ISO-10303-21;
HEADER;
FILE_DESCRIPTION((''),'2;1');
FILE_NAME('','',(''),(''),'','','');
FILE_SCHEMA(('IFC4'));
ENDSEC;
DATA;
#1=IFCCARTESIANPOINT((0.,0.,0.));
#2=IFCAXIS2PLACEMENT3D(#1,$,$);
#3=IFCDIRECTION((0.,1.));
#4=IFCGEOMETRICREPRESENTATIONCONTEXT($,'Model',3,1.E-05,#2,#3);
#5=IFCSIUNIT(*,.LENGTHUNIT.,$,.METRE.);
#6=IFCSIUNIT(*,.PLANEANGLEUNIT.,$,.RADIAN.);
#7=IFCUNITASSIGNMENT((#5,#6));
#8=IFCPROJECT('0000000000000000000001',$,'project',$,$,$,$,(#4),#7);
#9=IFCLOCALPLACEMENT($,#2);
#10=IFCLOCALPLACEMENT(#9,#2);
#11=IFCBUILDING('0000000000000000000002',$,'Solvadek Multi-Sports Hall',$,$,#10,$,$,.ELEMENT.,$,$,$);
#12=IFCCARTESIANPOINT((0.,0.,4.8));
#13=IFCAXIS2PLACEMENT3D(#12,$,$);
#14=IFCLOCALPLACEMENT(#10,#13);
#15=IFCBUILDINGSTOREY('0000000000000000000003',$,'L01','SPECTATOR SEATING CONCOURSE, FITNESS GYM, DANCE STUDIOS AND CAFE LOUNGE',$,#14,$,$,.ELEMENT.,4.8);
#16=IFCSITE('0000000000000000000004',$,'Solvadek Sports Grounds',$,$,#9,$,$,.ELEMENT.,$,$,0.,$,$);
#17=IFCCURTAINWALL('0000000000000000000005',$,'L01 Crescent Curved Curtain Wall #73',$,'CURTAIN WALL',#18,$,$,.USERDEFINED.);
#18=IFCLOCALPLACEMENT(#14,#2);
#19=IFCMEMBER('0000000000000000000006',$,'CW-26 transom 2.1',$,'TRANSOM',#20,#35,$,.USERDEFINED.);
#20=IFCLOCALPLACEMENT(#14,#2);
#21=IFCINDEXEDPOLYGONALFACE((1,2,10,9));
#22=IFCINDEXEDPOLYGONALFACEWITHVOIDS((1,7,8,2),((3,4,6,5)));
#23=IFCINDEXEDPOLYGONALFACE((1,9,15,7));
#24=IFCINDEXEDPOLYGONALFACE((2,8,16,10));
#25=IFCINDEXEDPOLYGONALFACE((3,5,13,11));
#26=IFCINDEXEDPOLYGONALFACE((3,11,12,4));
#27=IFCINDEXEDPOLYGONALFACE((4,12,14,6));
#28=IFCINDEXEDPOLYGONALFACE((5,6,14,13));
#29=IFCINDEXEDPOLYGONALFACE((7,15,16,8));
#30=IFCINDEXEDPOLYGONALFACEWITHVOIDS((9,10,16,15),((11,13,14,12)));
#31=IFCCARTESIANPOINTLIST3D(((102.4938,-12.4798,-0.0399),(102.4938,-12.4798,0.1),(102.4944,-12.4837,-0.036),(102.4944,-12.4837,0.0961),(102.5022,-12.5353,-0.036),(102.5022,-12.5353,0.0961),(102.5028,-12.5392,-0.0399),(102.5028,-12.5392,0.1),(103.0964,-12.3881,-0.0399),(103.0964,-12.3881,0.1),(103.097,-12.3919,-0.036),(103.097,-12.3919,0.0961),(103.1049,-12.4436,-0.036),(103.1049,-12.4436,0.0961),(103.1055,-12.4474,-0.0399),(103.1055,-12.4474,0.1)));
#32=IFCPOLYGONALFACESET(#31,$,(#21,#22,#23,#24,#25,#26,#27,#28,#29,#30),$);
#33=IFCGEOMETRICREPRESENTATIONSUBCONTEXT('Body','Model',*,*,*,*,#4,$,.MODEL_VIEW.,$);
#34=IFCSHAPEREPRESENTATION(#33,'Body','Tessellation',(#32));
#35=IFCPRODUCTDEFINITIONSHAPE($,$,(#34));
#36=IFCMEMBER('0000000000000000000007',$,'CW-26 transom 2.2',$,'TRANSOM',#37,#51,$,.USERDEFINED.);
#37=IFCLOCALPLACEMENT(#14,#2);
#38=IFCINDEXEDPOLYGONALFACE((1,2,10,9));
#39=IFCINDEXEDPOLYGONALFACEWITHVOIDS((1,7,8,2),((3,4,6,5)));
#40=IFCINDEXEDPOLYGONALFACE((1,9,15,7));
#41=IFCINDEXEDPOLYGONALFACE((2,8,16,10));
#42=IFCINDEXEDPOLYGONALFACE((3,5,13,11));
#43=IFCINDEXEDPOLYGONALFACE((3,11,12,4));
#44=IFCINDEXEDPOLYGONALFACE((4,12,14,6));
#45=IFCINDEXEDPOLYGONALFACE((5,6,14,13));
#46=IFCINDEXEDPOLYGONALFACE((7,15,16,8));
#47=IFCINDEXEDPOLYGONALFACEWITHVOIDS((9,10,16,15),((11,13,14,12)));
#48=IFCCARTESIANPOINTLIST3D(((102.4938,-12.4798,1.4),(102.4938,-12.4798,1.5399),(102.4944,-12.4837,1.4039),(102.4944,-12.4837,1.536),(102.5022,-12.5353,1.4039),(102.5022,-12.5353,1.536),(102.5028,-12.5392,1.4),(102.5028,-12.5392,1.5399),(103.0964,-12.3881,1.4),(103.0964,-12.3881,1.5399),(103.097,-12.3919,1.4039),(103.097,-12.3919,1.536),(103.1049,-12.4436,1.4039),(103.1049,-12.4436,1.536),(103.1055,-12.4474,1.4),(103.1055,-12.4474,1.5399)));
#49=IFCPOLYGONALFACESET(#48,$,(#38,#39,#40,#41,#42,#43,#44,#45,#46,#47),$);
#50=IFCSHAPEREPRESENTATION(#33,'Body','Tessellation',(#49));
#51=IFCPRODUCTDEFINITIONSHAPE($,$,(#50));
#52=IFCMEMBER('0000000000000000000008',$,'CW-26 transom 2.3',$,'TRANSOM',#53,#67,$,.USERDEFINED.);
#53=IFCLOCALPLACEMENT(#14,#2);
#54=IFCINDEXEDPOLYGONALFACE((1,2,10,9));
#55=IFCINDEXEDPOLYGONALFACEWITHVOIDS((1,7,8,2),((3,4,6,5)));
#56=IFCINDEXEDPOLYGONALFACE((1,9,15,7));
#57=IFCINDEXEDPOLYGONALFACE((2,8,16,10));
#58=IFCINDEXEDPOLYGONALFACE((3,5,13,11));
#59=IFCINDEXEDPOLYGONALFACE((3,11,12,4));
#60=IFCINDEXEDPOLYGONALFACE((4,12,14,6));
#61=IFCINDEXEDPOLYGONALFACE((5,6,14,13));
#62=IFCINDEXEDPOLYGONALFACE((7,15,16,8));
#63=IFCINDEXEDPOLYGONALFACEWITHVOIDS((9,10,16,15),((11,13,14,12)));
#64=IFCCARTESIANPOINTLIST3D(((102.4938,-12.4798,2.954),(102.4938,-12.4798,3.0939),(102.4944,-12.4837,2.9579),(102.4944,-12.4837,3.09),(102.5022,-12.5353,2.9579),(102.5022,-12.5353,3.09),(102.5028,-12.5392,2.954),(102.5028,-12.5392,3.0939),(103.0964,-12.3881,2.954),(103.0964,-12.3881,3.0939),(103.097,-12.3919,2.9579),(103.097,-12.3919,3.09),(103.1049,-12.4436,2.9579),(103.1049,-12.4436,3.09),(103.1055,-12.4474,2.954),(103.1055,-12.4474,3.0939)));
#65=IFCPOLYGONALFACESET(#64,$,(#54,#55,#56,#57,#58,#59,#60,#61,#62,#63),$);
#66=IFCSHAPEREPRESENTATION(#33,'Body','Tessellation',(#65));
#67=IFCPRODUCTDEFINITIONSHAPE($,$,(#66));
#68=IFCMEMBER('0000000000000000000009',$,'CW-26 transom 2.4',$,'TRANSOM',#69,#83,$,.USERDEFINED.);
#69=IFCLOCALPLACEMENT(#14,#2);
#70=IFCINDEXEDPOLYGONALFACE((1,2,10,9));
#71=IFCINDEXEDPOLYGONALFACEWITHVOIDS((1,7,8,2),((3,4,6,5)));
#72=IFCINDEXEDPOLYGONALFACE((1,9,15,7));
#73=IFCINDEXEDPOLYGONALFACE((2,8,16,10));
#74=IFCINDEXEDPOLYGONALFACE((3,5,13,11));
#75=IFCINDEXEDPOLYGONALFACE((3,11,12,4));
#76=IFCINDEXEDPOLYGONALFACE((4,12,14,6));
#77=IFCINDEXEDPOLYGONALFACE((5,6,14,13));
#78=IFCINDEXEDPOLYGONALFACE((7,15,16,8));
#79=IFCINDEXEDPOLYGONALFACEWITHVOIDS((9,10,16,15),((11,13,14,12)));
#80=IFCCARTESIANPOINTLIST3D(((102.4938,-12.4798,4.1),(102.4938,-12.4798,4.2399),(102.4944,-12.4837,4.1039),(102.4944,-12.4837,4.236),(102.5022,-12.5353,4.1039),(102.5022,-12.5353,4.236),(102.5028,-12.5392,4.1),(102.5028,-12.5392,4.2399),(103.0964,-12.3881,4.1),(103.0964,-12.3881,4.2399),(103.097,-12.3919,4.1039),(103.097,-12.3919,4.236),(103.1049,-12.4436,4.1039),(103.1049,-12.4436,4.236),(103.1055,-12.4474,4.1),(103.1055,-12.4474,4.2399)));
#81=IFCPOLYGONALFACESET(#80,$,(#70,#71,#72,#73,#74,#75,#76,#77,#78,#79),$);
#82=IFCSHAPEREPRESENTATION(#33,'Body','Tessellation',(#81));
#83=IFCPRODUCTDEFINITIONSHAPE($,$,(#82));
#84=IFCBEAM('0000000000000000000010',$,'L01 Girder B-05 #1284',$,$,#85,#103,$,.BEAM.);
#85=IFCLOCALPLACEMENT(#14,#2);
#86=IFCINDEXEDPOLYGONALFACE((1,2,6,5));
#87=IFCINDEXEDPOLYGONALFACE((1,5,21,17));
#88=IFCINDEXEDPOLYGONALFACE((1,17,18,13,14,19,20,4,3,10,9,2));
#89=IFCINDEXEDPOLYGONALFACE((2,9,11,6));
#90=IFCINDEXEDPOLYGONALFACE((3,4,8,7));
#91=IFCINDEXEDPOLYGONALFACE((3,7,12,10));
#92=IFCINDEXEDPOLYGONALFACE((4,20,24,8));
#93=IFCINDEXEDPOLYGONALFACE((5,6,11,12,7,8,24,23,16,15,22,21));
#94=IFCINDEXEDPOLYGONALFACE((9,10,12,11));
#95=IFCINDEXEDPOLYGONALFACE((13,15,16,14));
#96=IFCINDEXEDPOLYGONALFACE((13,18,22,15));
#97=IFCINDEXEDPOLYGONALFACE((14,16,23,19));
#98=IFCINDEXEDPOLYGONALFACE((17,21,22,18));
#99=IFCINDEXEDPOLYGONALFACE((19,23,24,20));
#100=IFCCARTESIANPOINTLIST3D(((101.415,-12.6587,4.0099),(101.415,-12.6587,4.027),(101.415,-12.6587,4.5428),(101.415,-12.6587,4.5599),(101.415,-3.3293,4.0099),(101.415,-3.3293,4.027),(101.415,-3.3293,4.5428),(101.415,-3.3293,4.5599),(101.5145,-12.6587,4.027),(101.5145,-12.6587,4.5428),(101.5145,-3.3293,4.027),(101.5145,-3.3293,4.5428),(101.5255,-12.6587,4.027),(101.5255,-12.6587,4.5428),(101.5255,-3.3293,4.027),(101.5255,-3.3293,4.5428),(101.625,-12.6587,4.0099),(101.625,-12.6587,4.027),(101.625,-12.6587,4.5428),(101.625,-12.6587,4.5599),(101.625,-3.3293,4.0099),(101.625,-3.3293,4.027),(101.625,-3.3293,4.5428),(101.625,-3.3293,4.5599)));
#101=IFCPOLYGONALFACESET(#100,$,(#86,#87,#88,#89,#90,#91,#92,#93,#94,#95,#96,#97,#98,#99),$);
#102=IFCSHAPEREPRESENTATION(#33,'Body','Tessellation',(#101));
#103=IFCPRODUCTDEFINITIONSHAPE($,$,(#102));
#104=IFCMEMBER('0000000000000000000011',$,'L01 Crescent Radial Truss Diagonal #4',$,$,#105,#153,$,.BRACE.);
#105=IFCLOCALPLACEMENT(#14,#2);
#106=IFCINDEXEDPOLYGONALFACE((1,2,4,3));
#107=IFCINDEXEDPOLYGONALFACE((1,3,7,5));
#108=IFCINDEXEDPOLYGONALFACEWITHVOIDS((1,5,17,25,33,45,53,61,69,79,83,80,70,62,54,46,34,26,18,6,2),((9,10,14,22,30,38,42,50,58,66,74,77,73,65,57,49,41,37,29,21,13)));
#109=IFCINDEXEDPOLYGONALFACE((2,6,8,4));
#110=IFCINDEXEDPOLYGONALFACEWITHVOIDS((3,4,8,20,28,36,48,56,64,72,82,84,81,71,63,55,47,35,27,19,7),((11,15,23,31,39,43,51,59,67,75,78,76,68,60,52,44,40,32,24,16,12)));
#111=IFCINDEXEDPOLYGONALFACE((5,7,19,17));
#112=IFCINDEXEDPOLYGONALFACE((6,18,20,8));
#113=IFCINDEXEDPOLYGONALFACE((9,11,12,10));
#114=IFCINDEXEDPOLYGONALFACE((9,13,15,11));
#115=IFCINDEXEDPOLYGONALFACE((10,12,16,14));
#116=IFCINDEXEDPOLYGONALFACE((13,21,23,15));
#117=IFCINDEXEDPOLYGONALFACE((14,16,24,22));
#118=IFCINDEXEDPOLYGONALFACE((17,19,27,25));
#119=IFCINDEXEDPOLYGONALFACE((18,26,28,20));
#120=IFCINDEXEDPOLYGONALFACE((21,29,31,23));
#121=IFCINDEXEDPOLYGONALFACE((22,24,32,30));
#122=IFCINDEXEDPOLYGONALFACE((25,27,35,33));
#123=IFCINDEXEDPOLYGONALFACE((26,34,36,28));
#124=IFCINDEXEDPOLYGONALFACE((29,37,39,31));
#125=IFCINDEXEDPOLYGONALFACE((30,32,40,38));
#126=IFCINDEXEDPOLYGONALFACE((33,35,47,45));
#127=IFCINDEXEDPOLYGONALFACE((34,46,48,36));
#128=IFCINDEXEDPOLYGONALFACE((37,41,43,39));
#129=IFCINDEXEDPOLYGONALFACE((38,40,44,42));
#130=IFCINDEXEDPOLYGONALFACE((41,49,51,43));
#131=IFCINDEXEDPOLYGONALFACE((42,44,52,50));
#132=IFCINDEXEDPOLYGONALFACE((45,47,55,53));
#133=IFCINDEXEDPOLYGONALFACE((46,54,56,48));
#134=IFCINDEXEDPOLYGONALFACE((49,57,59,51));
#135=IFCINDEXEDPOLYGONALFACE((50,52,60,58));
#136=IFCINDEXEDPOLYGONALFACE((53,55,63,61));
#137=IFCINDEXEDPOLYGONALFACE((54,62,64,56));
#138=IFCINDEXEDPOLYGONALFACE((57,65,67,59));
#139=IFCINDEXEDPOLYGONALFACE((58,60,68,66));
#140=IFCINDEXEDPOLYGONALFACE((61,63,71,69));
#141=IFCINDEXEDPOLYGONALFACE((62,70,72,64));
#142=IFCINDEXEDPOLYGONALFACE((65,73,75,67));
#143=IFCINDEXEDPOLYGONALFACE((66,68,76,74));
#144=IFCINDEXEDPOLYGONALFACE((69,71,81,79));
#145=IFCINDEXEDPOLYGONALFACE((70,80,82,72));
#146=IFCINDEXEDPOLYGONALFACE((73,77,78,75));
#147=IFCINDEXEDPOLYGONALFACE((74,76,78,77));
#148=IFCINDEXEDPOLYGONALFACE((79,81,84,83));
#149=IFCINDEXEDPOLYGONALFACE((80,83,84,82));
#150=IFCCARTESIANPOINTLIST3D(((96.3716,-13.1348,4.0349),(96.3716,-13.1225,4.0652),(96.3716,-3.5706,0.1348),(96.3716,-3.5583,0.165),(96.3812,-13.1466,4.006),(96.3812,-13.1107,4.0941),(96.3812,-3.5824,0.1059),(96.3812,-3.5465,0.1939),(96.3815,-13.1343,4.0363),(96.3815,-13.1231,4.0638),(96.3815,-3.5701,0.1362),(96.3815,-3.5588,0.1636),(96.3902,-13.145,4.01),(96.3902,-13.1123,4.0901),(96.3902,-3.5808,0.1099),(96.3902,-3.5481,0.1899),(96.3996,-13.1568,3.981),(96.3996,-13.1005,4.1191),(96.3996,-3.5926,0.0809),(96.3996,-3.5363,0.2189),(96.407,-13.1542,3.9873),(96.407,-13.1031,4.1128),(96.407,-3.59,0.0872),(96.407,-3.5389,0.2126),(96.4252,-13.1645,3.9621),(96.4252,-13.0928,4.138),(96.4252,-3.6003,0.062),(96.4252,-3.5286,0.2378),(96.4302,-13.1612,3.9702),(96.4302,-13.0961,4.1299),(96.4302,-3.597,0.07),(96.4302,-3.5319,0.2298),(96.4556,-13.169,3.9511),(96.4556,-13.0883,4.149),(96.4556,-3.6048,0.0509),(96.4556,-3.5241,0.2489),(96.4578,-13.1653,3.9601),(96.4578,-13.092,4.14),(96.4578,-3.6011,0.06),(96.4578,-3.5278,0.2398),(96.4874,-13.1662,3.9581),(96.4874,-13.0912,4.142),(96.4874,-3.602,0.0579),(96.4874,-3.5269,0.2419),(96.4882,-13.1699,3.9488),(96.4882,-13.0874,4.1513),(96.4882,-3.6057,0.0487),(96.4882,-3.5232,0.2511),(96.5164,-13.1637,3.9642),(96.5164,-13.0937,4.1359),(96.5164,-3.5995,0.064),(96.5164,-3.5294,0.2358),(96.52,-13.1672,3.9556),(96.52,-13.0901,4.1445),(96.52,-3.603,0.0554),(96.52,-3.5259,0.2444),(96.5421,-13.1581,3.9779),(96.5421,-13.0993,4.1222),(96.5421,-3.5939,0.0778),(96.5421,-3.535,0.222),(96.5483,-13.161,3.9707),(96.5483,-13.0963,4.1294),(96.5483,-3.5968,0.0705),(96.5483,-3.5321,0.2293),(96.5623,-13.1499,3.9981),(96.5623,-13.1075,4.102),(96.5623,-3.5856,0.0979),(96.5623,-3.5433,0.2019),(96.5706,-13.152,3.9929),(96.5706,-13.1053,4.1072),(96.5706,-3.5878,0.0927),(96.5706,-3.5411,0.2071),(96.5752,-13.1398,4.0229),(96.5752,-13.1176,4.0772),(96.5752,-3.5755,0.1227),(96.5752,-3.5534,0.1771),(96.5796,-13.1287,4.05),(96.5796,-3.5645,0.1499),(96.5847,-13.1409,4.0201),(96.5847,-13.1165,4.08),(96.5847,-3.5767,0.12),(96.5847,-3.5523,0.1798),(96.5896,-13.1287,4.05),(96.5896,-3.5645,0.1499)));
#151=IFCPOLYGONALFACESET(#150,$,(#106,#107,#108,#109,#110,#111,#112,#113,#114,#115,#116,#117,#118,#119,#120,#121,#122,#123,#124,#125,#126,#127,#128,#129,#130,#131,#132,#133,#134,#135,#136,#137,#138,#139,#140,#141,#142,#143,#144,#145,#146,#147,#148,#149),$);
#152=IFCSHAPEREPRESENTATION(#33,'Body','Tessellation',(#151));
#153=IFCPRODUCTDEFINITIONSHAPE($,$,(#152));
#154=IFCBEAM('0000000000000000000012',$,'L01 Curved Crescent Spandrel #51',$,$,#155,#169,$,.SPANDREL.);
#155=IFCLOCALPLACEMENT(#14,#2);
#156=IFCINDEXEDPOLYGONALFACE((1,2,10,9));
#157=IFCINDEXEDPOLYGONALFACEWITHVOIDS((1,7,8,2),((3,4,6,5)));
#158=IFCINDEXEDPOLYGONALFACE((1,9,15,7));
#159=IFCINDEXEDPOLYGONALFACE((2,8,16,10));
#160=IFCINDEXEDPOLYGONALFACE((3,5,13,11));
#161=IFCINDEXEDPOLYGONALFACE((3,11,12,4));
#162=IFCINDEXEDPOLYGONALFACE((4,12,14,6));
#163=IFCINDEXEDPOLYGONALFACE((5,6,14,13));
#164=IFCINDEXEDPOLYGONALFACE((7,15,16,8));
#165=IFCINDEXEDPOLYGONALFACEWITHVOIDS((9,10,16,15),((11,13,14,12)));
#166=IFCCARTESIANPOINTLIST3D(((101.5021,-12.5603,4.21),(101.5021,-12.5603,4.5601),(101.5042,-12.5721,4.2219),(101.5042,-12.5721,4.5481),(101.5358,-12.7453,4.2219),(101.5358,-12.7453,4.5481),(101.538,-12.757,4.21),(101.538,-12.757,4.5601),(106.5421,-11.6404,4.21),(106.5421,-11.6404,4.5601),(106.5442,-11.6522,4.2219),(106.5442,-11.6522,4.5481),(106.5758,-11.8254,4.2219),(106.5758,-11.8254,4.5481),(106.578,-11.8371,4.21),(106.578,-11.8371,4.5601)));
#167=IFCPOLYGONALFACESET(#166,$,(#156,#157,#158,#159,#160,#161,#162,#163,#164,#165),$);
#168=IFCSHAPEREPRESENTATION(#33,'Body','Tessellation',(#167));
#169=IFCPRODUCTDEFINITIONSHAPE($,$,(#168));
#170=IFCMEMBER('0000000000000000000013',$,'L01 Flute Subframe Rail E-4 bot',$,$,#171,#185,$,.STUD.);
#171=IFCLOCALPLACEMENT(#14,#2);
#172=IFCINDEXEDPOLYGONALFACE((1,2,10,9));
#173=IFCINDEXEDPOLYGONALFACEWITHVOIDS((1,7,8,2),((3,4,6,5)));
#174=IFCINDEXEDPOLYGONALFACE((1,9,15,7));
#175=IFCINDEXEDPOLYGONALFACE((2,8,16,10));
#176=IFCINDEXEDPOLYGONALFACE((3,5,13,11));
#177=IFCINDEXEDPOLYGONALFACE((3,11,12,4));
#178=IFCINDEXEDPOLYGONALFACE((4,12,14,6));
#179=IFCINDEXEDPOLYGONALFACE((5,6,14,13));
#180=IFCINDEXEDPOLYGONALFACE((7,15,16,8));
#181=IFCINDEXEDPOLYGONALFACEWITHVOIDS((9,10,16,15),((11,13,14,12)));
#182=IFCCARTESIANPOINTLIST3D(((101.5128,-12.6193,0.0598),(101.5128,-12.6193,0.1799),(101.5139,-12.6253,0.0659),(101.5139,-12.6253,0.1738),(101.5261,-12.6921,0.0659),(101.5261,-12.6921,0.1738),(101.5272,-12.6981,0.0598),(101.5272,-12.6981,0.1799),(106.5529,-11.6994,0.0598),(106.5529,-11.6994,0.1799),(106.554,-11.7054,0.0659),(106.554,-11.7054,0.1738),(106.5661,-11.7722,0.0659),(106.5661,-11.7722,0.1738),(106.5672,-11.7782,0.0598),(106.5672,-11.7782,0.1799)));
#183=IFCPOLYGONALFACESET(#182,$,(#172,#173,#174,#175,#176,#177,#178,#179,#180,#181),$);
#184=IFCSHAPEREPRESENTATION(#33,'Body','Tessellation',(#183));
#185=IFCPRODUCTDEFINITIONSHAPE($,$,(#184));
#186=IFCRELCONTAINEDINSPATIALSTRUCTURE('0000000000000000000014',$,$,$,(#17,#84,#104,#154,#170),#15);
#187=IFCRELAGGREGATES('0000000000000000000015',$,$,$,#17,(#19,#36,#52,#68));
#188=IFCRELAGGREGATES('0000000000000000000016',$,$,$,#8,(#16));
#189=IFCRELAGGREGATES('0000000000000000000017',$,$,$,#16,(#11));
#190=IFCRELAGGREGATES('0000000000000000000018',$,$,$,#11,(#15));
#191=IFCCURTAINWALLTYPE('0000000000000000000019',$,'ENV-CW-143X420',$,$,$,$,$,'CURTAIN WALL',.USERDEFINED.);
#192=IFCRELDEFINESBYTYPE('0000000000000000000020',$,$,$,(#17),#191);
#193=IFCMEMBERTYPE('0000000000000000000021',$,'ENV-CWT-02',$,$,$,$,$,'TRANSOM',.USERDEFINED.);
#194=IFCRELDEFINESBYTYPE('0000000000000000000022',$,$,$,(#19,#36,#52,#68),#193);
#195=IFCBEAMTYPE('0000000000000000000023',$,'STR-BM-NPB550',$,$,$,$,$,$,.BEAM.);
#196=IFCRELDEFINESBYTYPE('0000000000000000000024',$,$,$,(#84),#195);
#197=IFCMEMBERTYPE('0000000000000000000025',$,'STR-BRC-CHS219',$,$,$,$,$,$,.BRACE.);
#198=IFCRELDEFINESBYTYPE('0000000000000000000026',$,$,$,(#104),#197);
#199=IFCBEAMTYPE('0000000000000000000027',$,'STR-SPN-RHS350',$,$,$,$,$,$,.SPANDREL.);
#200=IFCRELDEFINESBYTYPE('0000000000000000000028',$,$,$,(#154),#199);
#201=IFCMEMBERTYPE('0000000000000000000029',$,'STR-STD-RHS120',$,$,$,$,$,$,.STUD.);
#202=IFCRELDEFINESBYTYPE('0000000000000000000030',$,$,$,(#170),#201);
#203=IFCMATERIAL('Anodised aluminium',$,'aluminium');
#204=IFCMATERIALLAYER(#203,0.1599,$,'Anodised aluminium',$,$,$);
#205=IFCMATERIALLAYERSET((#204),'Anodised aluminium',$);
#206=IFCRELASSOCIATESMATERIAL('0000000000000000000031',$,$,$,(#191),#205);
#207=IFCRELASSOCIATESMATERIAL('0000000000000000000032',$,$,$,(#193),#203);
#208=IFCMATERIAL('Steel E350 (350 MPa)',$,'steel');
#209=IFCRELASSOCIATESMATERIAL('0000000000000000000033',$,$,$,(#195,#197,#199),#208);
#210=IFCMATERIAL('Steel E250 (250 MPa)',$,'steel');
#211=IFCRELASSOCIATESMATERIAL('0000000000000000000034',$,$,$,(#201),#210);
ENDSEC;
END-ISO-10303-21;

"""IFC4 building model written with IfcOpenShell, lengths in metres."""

from ifc_helpers import new_model, si_unit, direction, frame, origin, origin_2d, place, context, subcontext, project, spatial, hollow_rectangle, hollow_circle, i_section, extrude, material, layer, layer_set, material_profile, profile_set, type_object, element, aggregate, save


model = new_model("IFC4")

# Units and contexts
model_context = context("Model", 3, precision=1e-05, world=origin(), true_north=direction((0.0, 1.0)))
body_context = subcontext(model_context, "Body", "Model", "MODEL_VIEW")
ifc_project = project(units=[si_unit("LENGTHUNIT", "METRE"), si_unit("PLANEANGLEUNIT", "RADIAN")], contexts=[model_context])

# Site, building, storey
site_placement = place(None, origin())
site = spatial("IfcSite", under=ifc_project, at=site_placement, Name="Solvadek Sports Grounds", CompositionType="ELEMENT", RefElevation=0.0)
building_placement = place(site_placement, origin())
building = spatial("IfcBuilding", under=site, at=building_placement, Name="Solvadek Multi-Sports Hall", CompositionType="ELEMENT")
storey_placement = place(building_placement, frame((0.0, 0.0, 4.8)))
storey = spatial("IfcBuildingStorey", under=building, at=storey_placement, Name="L01", Description="SPECTATOR SEATING CONCOURSE, FITNESS GYM, DANCE STUDIOS AND CAFE LOUNGE", CompositionType="ELEMENT", Elevation=4.8)

# Shared definitions
ifc_material_1 = material(Name="Steel E350 (350 MPa)", Category="steel")

# Shared definitions
ifc_material_2 = material(Name="Anodised aluminium", Category="aluminium")

# Curtain wall, members
ifc_layer_1 = layer(ifc_material_2, 0.1599, Name="Anodised aluminium")
ifc_layer_set_1 = layer_set([ifc_layer_1], Name="Anodised aluminium")
curtain_wall_type_1 = type_object("IfcCurtainWallType", Name="ENV-CW-143X420", ElementType="CURTAIN WALL", PredefinedType="USERDEFINED", material=ifc_layer_set_1)
curtain_wall_1_placement = place(storey_placement, origin())
curtain_wall_1 = element("IfcCurtainWall", 1, at=curtain_wall_1_placement, inside=storey, type_object=curtain_wall_type_1, Name="L01 Crescent Curved Curtain Wall #73", ObjectType="CURTAIN WALL", PredefinedType="USERDEFINED")
ifc_material_profile_1 = material_profile(ifc_material_2, hollow_rectangle(XDim=0.0601, YDim=0.1399, WallThickness=0.0039, at=origin_2d()), Name="ALU-T 140x60x4")
ifc_profile_set_1 = profile_set([ifc_material_profile_1], Name="Anodised aluminium")
member_type_1 = type_object("IfcMemberType", Name="ENV-CWT-02", ElementType="TRANSOM", PredefinedType="USERDEFINED", material=ifc_profile_set_1)
member_1_placement = place(storey_placement, frame((102.4983, -12.5095, 0.03), z_axis=(0.988602, 0.150553, 0.0), x_axis=(-0.150553, 0.988602, 0.0)))
member_1 = element("IfcMember", 2, at=member_1_placement, type_object=member_type_1, Name="CW-26 transom 2.1", ObjectType="TRANSOM", PredefinedType="USERDEFINED", context=body_context, shape_type="SweptSolid", body=[
    extrude(hollow_rectangle(XDim=0.0601, YDim=0.1399, WallThickness=0.0039, at=origin_2d()), origin(), (0.0, 0.0, 1.0), 0.6096),
])
member_2_placement = place(storey_placement, frame((102.4983, -12.5095, 1.47), z_axis=(0.988602, 0.150553, 0.0), x_axis=(-0.150553, 0.988602, 0.0)))
member_2 = element("IfcMember", 3, at=member_2_placement, type_object=member_type_1, Name="CW-26 transom 2.2", ObjectType="TRANSOM", PredefinedType="USERDEFINED", context=body_context, shape_type="SweptSolid", body=[
    extrude(hollow_rectangle(XDim=0.0601, YDim=0.1399, WallThickness=0.0039, at=origin_2d()), origin(), (0.0, 0.0, 1.0), 0.6096),
])
member_3_placement = place(storey_placement, frame((102.4983, -12.5095, 3.0239), z_axis=(0.988602, 0.150553, 0.0), x_axis=(-0.150553, 0.988602, 0.0)))
member_3 = element("IfcMember", 4, at=member_3_placement, type_object=member_type_1, Name="CW-26 transom 2.3", ObjectType="TRANSOM", PredefinedType="USERDEFINED", context=body_context, shape_type="SweptSolid", body=[
    extrude(hollow_rectangle(XDim=0.0601, YDim=0.1399, WallThickness=0.0039, at=origin_2d()), origin(), (0.0, 0.0, 1.0), 0.6096),
])
member_4_placement = place(storey_placement, frame((102.4983, -12.5095, 4.1699), z_axis=(0.988602, 0.150553, 0.0), x_axis=(-0.150553, 0.988602, 0.0)))
member_4 = element("IfcMember", 5, at=member_4_placement, type_object=member_type_1, Name="CW-26 transom 2.4", ObjectType="TRANSOM", PredefinedType="USERDEFINED", context=body_context, shape_type="SweptSolid", body=[
    extrude(hollow_rectangle(XDim=0.0601, YDim=0.1399, WallThickness=0.0039, at=origin_2d()), origin(), (0.0, 0.0, 1.0), 0.6096),
])

# Beam
ifc_material_profile_2 = material_profile(ifc_material_1, i_section(OverallWidth=0.21, OverallDepth=0.55, WebThickness=0.011, FlangeThickness=0.0171, at=origin_2d()), Name="NPB 550")
ifc_profile_set_2 = profile_set([ifc_material_profile_2], Name="Steel E350 (350 MPa)")
beam_type_1 = type_object("IfcBeamType", Name="STR-BM-NPB550", PredefinedType="BEAM", material=ifc_profile_set_2)
beam_1_placement = place(storey_placement, frame((101.52, -12.6587, 4.2849), z_axis=(0.0, 1.0, 0.0), x_axis=(-1.0, 0.0, 0.0)))
element("IfcBeam", 6, at=beam_1_placement, inside=storey, type_object=beam_type_1, Name="L01 Girder B-05 #1284", PredefinedType="BEAM", context=body_context, shape_type="SweptSolid", body=[
    extrude(i_section(OverallWidth=0.21, OverallDepth=0.55, WebThickness=0.011, FlangeThickness=0.0171, at=origin_2d()), origin(), (0.0, 0.0, 1.0), 9.3293),
])

# Member
ifc_material_profile_3 = material_profile(ifc_material_1, hollow_circle(Radius=0.1096, WallThickness=0.01, at=origin_2d()), Name="CHS 219.1x10")
ifc_profile_set_3 = profile_set([ifc_material_profile_3], Name="Steel E350 (350 MPa)")
member_type_2 = type_object("IfcMemberType", Name="STR-BRC-CHS219", PredefinedType="BRACE", material=ifc_profile_set_3)
member_5_placement = place(storey_placement, frame((96.48, -3.5645, 0.1499), z_axis=(0.0, -0.92597, 0.377597), x_axis=(1.0, 0.0, 0.0)))
element("IfcMember", 7, at=member_5_placement, inside=storey, type_object=member_type_2, Name="L01 Crescent Radial Truss Diagonal #4", PredefinedType="BRACE", context=body_context, shape_type="SweptSolid", body=[
    extrude(hollow_circle(Radius=0.1096, WallThickness=0.01, at=origin_2d()), origin(), (0.0, 0.0, 1.0), 10.3289),
])

# Beam
ifc_material_profile_4 = material_profile(ifc_material_1, hollow_rectangle(XDim=0.2, YDim=0.3501, WallThickness=0.012, at=origin_2d()), Name="RHS 350x200x12")
ifc_profile_set_4 = profile_set([ifc_material_profile_4], Name="Steel E350 (350 MPa)")
beam_type_2 = type_object("IfcBeamType", Name="STR-SPN-RHS350", PredefinedType="SPANDREL", material=ifc_profile_set_4)
beam_2_placement = place(storey_placement, frame((101.52, -12.6587, 4.385), z_axis=(0.983748, 0.179556, 0.0), x_axis=(-0.179556, 0.983748, 0.0)))
element("IfcBeam", 8, at=beam_2_placement, inside=storey, type_object=beam_type_2, Name="L01 Curved Crescent Spandrel #51", PredefinedType="SPANDREL", context=body_context, shape_type="SweptSolid", body=[
    extrude(hollow_rectangle(XDim=0.2, YDim=0.3501, WallThickness=0.012, at=origin_2d()), origin(), (0.0, 0.0, 1.0), 5.1233),
])

# Member
ifc_material_3 = material(Name="Steel E250 (250 MPa)", Category="steel")
ifc_material_profile_5 = material_profile(ifc_material_3, hollow_rectangle(XDim=0.0801, YDim=0.1201, WallThickness=0.0061, at=origin_2d()), Name="RHS 120x80x6")
ifc_profile_set_5 = profile_set([ifc_material_profile_5], Name="Steel E250 (250 MPa)")
member_type_3 = type_object("IfcMemberType", Name="STR-STD-RHS120", PredefinedType="STUD", material=ifc_profile_set_5)
for number, where, z_axis, x_axis, name in (
    (9, (101.52, -12.6587, 0.1199), (0.983748, 0.179556, 0.0), (-0.179556, 0.983748, 0.0), "L01 Flute Subframe Rail E-4 bot"),
):
    element("IfcMember", number, at=place(storey_placement, frame(where, z_axis=z_axis, x_axis=x_axis)), inside=storey, type_object=member_type_3, Name=name, PredefinedType="STUD", context=body_context, shape_type="SweptSolid", body=[
        extrude(hollow_rectangle(XDim=0.0801, YDim=0.1201, WallThickness=0.0061, at=origin_2d()), origin(), (0.0, 0.0, 1.0), 5.1233),
    ])

aggregate(curtain_wall_1, [member_1, member_2, member_3, member_4])

save(model, "model.ifc")
